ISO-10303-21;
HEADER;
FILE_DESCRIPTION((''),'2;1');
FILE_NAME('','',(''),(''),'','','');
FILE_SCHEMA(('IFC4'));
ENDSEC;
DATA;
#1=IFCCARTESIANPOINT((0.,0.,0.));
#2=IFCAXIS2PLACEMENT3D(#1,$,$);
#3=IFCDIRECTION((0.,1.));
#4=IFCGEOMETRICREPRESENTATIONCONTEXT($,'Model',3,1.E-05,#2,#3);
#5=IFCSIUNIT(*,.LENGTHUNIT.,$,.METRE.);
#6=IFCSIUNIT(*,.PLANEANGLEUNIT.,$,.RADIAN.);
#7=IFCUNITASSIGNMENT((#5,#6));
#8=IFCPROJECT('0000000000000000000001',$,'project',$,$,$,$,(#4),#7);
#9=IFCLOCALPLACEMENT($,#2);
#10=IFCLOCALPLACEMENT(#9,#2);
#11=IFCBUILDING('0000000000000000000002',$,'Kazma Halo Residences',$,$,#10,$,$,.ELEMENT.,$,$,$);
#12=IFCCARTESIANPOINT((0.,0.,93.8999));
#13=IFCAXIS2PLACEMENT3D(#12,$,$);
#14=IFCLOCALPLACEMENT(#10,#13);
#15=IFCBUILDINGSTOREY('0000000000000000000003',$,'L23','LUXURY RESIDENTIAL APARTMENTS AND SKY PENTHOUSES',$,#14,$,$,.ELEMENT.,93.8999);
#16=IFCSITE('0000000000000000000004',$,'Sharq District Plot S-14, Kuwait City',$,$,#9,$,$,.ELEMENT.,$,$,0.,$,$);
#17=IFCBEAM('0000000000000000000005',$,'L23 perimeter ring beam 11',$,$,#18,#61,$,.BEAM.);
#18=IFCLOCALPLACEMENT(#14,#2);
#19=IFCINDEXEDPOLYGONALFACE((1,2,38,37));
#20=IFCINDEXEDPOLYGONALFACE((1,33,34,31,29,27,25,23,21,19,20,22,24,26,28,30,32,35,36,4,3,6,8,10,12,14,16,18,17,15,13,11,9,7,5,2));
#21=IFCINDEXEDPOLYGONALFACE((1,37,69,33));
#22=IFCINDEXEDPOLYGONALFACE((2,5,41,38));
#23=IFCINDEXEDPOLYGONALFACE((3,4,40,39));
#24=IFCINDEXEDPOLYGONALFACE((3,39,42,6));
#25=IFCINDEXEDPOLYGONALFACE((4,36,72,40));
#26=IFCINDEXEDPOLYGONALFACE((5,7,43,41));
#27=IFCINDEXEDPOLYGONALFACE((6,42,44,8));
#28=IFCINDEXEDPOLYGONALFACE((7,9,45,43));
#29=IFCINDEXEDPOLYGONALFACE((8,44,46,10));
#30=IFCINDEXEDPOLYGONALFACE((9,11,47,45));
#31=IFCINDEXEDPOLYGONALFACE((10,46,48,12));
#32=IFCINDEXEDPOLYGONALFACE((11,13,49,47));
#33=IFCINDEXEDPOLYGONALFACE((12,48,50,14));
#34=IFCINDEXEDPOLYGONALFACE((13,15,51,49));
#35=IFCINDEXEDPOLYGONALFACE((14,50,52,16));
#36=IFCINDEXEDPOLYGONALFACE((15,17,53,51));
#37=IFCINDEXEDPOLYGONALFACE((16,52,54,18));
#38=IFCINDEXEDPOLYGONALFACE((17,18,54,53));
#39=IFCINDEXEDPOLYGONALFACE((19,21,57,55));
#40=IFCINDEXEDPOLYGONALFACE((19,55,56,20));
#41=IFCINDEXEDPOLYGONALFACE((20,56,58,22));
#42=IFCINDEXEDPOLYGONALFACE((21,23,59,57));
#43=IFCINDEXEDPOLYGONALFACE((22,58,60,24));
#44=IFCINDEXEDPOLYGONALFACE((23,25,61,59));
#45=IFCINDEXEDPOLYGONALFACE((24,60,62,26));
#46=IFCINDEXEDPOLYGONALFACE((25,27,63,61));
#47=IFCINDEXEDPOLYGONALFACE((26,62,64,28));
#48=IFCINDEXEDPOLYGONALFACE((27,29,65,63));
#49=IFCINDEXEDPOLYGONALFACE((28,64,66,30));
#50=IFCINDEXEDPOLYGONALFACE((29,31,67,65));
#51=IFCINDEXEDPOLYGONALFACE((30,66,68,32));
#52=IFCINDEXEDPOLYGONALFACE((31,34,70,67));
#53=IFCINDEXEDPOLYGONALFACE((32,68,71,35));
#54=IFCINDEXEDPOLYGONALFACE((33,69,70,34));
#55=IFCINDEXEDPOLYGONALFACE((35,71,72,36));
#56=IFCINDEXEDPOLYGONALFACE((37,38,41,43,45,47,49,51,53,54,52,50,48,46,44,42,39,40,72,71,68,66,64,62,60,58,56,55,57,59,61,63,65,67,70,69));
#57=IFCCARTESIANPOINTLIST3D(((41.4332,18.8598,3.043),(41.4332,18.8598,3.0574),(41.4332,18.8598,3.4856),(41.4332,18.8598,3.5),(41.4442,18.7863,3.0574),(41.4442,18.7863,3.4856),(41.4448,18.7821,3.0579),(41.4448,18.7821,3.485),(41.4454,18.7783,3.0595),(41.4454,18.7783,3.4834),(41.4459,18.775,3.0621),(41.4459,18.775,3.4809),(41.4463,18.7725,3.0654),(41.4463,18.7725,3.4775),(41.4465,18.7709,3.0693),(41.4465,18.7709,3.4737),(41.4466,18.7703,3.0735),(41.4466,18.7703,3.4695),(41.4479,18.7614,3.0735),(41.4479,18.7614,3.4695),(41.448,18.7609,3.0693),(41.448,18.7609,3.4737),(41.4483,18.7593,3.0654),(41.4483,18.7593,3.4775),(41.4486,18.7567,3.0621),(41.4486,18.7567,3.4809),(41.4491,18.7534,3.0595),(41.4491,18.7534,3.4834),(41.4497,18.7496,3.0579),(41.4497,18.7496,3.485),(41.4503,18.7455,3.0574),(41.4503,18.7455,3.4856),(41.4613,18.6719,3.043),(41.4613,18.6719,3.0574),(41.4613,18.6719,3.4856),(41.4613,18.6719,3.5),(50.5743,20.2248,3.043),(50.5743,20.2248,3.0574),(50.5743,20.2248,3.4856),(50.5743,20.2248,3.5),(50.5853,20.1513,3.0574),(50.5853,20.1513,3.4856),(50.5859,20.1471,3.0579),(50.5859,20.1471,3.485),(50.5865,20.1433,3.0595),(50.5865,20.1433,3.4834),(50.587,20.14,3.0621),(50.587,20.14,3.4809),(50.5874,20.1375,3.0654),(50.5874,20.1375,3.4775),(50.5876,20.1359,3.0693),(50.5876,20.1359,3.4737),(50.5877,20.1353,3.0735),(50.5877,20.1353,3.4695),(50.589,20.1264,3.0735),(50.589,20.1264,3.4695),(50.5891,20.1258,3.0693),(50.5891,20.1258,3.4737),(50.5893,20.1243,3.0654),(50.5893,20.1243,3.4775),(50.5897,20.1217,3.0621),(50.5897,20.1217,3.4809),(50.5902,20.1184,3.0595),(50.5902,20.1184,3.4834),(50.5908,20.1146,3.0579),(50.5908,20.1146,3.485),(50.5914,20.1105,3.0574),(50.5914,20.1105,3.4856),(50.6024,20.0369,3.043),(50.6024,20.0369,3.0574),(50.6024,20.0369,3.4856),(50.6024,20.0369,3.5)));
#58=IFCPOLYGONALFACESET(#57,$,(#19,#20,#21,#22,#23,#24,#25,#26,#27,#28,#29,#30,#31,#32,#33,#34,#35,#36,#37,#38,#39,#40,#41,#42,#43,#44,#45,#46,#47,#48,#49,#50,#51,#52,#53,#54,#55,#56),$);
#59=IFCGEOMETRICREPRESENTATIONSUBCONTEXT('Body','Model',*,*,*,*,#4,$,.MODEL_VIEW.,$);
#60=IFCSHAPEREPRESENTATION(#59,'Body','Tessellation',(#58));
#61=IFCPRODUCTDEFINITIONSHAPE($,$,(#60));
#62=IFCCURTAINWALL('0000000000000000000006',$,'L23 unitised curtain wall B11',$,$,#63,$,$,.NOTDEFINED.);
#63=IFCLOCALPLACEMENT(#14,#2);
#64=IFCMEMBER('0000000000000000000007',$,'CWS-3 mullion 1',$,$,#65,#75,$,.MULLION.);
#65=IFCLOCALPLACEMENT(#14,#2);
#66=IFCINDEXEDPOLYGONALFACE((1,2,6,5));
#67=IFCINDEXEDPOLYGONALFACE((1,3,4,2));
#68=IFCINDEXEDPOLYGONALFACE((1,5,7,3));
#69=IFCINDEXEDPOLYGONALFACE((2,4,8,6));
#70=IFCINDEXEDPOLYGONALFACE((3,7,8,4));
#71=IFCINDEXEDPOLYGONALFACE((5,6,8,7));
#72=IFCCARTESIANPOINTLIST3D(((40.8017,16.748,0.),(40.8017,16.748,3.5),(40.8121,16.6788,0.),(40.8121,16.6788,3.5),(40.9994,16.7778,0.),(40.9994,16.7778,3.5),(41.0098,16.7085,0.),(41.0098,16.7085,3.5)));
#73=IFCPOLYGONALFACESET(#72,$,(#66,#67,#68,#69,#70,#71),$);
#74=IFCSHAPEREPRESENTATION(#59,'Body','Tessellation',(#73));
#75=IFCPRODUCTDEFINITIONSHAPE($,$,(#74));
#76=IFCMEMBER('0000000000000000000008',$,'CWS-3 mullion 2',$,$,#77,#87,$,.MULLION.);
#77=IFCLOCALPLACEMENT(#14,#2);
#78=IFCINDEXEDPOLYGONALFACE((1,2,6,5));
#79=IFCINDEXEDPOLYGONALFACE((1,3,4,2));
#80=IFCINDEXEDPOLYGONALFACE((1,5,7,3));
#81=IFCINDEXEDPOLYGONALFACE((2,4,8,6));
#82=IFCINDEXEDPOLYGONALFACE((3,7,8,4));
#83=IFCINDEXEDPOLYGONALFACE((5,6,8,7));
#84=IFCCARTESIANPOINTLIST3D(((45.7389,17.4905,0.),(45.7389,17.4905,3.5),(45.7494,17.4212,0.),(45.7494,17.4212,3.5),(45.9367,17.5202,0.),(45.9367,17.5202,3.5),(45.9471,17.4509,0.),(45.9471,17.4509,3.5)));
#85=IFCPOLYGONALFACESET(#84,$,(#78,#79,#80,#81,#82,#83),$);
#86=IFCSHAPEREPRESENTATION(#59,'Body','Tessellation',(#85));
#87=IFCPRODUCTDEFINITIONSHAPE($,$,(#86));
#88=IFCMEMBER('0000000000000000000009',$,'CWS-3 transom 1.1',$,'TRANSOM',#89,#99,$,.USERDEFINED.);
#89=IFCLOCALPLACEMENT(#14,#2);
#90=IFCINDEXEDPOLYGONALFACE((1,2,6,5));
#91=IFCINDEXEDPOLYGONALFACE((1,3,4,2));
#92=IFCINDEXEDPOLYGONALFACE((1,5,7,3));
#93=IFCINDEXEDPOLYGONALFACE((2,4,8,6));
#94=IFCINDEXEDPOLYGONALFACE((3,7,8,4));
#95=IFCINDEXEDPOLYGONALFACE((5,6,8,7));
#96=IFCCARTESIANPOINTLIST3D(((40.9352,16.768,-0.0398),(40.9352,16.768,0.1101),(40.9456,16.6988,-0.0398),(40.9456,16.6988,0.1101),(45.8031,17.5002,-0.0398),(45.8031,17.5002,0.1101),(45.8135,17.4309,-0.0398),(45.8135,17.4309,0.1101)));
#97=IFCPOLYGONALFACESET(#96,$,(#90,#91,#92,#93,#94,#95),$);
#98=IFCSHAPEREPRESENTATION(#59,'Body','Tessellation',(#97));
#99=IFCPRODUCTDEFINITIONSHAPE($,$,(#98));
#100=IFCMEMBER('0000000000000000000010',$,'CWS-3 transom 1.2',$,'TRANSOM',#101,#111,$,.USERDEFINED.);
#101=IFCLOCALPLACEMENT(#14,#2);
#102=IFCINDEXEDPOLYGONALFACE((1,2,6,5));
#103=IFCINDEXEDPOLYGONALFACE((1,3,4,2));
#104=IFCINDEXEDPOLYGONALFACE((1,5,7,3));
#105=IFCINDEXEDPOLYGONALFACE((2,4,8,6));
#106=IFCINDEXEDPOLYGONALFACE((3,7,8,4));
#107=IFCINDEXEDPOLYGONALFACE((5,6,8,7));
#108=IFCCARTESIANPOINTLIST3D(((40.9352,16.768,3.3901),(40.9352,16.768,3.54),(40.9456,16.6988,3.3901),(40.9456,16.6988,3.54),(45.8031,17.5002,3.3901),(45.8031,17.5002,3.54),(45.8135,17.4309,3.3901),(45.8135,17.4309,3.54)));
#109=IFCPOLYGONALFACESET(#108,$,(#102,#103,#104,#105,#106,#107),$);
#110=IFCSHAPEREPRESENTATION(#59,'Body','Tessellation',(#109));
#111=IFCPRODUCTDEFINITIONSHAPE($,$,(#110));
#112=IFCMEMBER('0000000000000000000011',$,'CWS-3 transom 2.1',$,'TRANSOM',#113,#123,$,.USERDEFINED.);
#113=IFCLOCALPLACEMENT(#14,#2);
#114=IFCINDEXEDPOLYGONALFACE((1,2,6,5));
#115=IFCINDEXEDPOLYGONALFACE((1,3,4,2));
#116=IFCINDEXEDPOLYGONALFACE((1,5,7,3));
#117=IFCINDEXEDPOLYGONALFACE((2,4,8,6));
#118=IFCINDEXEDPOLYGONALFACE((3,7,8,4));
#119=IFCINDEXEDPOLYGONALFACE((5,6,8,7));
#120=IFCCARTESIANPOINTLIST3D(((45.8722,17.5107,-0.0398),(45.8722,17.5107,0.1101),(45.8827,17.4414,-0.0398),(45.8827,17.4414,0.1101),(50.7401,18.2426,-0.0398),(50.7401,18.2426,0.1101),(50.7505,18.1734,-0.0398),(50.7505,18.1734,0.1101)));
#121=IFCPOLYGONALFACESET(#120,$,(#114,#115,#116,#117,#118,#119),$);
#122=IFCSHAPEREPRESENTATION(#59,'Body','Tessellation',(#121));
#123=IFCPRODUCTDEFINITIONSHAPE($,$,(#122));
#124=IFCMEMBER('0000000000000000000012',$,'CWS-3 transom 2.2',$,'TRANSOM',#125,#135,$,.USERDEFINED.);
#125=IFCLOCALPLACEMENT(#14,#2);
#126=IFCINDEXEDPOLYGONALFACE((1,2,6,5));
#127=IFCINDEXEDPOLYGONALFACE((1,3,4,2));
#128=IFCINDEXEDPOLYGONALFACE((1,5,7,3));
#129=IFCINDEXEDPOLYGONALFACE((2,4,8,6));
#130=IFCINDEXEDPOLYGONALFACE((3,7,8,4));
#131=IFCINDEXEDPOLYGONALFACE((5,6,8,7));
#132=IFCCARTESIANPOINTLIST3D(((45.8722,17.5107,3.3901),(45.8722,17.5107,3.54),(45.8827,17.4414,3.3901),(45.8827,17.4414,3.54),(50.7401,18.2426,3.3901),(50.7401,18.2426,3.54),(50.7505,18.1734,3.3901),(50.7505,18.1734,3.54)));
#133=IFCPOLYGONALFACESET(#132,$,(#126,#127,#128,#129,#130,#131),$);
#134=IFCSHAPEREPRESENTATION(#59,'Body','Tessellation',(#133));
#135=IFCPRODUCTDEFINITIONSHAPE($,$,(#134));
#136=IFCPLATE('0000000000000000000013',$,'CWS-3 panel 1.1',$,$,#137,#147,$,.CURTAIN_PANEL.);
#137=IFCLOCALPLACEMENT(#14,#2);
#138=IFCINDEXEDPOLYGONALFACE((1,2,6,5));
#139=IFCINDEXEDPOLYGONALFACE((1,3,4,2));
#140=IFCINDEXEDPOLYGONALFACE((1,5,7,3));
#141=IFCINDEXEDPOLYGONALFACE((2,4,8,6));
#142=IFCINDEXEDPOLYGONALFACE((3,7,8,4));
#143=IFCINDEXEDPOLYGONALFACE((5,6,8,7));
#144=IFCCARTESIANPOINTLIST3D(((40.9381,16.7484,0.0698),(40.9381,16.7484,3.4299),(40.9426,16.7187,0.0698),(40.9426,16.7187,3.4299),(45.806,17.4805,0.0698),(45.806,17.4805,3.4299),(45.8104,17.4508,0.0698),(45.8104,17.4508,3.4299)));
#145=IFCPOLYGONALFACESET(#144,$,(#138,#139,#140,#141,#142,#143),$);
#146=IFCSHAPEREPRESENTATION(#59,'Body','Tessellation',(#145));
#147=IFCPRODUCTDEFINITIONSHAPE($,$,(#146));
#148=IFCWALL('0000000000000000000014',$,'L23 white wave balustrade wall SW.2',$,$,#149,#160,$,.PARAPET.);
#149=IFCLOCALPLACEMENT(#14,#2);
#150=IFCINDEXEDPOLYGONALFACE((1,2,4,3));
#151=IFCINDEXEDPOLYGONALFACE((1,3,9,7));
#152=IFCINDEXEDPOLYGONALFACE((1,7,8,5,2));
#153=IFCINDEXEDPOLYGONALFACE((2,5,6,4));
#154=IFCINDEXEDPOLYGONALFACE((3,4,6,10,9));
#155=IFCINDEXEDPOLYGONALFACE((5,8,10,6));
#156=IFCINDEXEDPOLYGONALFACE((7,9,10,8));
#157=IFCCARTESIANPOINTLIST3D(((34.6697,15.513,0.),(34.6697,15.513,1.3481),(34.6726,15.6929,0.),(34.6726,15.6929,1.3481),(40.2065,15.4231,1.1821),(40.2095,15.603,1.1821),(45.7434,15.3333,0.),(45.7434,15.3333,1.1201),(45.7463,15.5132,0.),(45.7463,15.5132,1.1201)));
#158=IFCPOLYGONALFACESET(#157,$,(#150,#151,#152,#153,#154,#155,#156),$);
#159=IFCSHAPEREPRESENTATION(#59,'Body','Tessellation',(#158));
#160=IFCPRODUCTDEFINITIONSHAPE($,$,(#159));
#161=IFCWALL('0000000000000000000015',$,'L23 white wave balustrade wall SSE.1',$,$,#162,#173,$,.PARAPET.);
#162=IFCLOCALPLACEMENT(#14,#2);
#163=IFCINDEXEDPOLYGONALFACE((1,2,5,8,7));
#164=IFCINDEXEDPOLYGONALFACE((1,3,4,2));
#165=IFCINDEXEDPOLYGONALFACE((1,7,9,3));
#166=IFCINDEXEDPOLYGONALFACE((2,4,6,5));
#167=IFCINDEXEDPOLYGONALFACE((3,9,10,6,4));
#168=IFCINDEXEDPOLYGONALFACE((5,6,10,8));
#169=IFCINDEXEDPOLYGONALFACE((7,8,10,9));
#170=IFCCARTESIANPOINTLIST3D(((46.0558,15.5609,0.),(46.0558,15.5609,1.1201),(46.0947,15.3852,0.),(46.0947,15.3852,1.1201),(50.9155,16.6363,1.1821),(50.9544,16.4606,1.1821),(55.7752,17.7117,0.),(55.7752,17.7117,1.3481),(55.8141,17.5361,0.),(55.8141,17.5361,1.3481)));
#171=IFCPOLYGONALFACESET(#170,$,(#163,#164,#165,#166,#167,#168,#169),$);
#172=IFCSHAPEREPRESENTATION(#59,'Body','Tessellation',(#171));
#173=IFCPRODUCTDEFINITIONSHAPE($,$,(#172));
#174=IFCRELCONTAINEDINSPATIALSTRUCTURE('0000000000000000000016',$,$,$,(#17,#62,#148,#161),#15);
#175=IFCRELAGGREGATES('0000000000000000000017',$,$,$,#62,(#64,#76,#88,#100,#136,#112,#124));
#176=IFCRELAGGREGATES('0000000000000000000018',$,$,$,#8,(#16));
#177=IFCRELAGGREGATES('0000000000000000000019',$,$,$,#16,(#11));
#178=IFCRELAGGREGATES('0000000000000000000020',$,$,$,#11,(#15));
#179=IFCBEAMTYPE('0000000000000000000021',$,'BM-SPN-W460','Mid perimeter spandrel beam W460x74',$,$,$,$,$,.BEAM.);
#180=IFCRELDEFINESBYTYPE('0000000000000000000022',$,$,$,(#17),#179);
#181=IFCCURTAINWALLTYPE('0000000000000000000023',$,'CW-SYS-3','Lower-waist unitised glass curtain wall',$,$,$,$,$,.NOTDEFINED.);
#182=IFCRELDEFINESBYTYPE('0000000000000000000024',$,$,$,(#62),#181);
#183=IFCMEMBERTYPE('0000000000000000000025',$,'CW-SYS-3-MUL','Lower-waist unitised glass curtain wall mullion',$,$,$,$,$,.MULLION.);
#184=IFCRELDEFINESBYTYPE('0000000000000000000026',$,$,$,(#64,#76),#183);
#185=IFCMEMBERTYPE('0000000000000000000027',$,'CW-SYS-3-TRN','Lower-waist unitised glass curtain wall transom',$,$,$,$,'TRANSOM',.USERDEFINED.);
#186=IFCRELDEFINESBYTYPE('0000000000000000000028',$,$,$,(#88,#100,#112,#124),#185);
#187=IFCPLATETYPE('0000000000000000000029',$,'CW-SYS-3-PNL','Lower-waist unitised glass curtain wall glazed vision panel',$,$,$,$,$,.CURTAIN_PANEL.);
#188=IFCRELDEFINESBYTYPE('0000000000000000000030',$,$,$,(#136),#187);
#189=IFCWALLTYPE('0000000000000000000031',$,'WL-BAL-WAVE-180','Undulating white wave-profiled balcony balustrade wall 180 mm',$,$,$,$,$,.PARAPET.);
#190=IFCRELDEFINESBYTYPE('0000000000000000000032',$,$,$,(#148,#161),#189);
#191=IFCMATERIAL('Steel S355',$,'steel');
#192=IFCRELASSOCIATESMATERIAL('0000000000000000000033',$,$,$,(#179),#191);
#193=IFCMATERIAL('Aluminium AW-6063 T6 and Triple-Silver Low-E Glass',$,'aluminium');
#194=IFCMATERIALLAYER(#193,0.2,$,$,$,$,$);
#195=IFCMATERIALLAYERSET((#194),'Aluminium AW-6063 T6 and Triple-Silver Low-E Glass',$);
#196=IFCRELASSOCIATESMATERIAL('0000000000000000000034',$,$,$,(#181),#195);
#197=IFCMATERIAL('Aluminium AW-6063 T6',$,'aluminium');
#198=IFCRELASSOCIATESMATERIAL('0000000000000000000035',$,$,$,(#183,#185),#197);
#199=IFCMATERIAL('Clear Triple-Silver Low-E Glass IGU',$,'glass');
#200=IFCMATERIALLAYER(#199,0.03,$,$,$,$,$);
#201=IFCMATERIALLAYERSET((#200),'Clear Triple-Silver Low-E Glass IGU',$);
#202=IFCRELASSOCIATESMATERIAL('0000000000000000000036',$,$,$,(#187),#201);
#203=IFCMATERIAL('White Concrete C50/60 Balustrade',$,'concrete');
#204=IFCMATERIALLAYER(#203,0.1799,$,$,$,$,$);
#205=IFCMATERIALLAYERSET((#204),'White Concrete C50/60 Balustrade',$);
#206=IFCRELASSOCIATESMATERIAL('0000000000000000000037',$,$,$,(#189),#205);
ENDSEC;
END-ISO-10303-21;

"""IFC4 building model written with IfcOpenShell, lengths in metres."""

from ifc_helpers import new_model, si_unit, direction, frame, origin, origin_2d, place, context, subcontext, project, spatial, polyline, rectangle, i_section, outline, extrude, material, layer, layer_set, material_profile, profile_set, type_object, element, aggregate, save


model = new_model("IFC4")

# Units and contexts
model_context = context("Model", 3, precision=1e-05, world=origin(), true_north=direction((0.0, 1.0)))
body_context = subcontext(model_context, "Body", "Model", "MODEL_VIEW")
ifc_project = project(units=[si_unit("LENGTHUNIT", "METRE"), si_unit("PLANEANGLEUNIT", "RADIAN")], contexts=[model_context])

# Site, building, storey
site_placement = place(None, origin())
site = spatial("IfcSite", under=ifc_project, at=site_placement, Name="Sharq District Plot S-14, Kuwait City", CompositionType="ELEMENT", RefElevation=0.0)
building_placement = place(site_placement, origin())
building = spatial("IfcBuilding", under=site, at=building_placement, Name="Kazma Halo Residences", CompositionType="ELEMENT")
storey_placement = place(building_placement, frame((0.0, 0.0, 93.8999)))
storey = spatial("IfcBuildingStorey", under=building, at=storey_placement, Name="L23", Description="LUXURY RESIDENTIAL APARTMENTS AND SKY PENTHOUSES", CompositionType="ELEMENT", Elevation=93.8999)

# Beam
ifc_material_1 = material(Name="Steel S355", Category="steel")
ifc_material_profile_1 = material_profile(ifc_material_1, i_section(OverallWidth=0.1899, OverallDepth=0.457, WebThickness=0.009, FlangeThickness=0.0144, FilletRadius=0.0161, at=origin_2d()), Name="W460x74")
ifc_profile_set_1 = profile_set([ifc_material_profile_1], Name="Steel S355")
beam_type_1 = type_object("IfcBeamType", Name="BM-SPN-W460", Description="Mid perimeter spandrel beam W460x74", PredefinedType="BEAM", material=ifc_profile_set_1)
beam_1_placement = place(storey_placement, frame((41.4473, 18.7659, 3.2715), z_axis=(0.989034, 0.147687, 0.0), x_axis=(-0.147687, 0.989034, 0.0)))
element("IfcBeam", 1, at=beam_1_placement, inside=storey, type_object=beam_type_1, Name="L23 perimeter ring beam 11", PredefinedType="BEAM", context=body_context, shape_type="SweptSolid", body=[
    extrude(i_section(OverallWidth=0.1899, OverallDepth=0.457, WebThickness=0.009, FlangeThickness=0.0144, FilletRadius=0.0161, at=origin_2d()), origin(), (0.0, 0.0, 1.0), 9.2424),
])

# Curtain wall, members, plate
ifc_material_2 = material(Name="Aluminium AW-6063 T6 and Triple-Silver Low-E Glass", Category="aluminium")
ifc_layer_1 = layer(ifc_material_2, 0.2)
ifc_layer_set_1 = layer_set([ifc_layer_1], Name="Aluminium AW-6063 T6 and Triple-Silver Low-E Glass")
curtain_wall_type = type_object("IfcCurtainWallType", Name="CW-SYS-3", Description="Lower-waist unitised glass curtain wall", PredefinedType="NOTDEFINED", material=ifc_layer_set_1)
curtain_wall_placement = place(storey_placement, origin())
curtain_wall = element("IfcCurtainWall", 2, at=curtain_wall_placement, inside=storey, type_object=curtain_wall_type, Name="L23 unitised curtain wall B11", PredefinedType="NOTDEFINED")
ifc_material_3 = material(Name="Aluminium AW-6063 T6", Category="aluminium")
ifc_material_profile_2 = material_profile(ifc_material_3, rectangle(XDim=0.0701, YDim=0.2, at=origin_2d()), Name="CWM-70x200")
ifc_profile_set_2 = profile_set([ifc_material_profile_2], Name="Aluminium AW-6063 T6")
member_type_1 = type_object("IfcMemberType", Name="CW-SYS-3-MUL", Description="Lower-waist unitised glass curtain wall mullion", PredefinedType="MULLION", material=ifc_profile_set_2)
member_1_placement = place(storey_placement, frame((40.9058, 16.7283, 0.0), z_axis=(0.0, 0.0, 1.0), x_axis=(-0.148717, 0.98888, 0.0)))
member_1 = element("IfcMember", 3, at=member_1_placement, type_object=member_type_1, Name="CWS-3 mullion 1", PredefinedType="MULLION", context=body_context, shape_type="SweptSolid", body=[
    extrude(rectangle(XDim=0.0701, YDim=0.2, at=origin_2d()), origin(), (0.0, 0.0, 1.0), 3.5),
])
member_2_placement = place(storey_placement, frame((45.843, 17.4707, 0.0), z_axis=(0.0, 0.0, 1.0), x_axis=(-0.148717, 0.98888, 0.0)))
member_2 = element("IfcMember", 4, at=member_2_placement, type_object=member_type_1, Name="CWS-3 mullion 2", PredefinedType="MULLION", context=body_context, shape_type="SweptSolid", body=[
    extrude(rectangle(XDim=0.0701, YDim=0.2, at=origin_2d()), origin(), (0.0, 0.0, 1.0), 3.5),
])
ifc_material_profile_3 = material_profile(ifc_material_3, rectangle(XDim=0.0701, YDim=0.1499, at=origin_2d()), Name="CWT-70x150")
ifc_profile_set_3 = profile_set([ifc_material_profile_3], Name="Aluminium AW-6063 T6")
member_type_2 = type_object("IfcMemberType", Name="CW-SYS-3-TRN", Description="Lower-waist unitised glass curtain wall transom", ElementType="TRANSOM", PredefinedType="USERDEFINED", material=ifc_profile_set_3)
member_3_placement = place(storey_placement, frame((40.9404, 16.7334, 0.0352), z_axis=(0.988877, 0.148736, 0.0), x_axis=(-0.148736, 0.988877, 0.0)))
member_3 = element("IfcMember", 5, at=member_3_placement, type_object=member_type_2, Name="CWS-3 transom 1.1", ObjectType="TRANSOM", PredefinedType="USERDEFINED", context=body_context, shape_type="SweptSolid", body=[
    extrude(rectangle(XDim=0.0701, YDim=0.1499, at=origin_2d()), origin(), (0.0, 0.0, 1.0), 4.9226),
])
member_4_placement = place(storey_placement, frame((40.9404, 16.7334, 3.4651), z_axis=(0.988877, 0.148736, 0.0), x_axis=(-0.148736, 0.988877, 0.0)))
member_4 = element("IfcMember", 6, at=member_4_placement, type_object=member_type_2, Name="CWS-3 transom 1.2", ObjectType="TRANSOM", PredefinedType="USERDEFINED", context=body_context, shape_type="SweptSolid", body=[
    extrude(rectangle(XDim=0.0701, YDim=0.1499, at=origin_2d()), origin(), (0.0, 0.0, 1.0), 4.9226),
])
member_5_placement = place(storey_placement, frame((45.8774, 17.4761, 0.0352), z_axis=(0.988884, 0.148687, 0.0), x_axis=(-0.148687, 0.988884, 0.0)))
member_5 = element("IfcMember", 7, at=member_5_placement, type_object=member_type_2, Name="CWS-3 transom 2.1", ObjectType="TRANSOM", PredefinedType="USERDEFINED", context=body_context, shape_type="SweptSolid", body=[
    extrude(rectangle(XDim=0.0701, YDim=0.1499, at=origin_2d()), origin(), (0.0, 0.0, 1.0), 4.9226),
])
member_6_placement = place(storey_placement, frame((45.8774, 17.4761, 3.4651), z_axis=(0.988884, 0.148687, 0.0), x_axis=(-0.148687, 0.988884, 0.0)))
member_6 = element("IfcMember", 8, at=member_6_placement, type_object=member_type_2, Name="CWS-3 transom 2.2", ObjectType="TRANSOM", PredefinedType="USERDEFINED", context=body_context, shape_type="SweptSolid", body=[
    extrude(rectangle(XDim=0.0701, YDim=0.1499, at=origin_2d()), origin(), (0.0, 0.0, 1.0), 4.9226),
])
ifc_material_4 = material(Name="Clear Triple-Silver Low-E Glass IGU", Category="glass")
ifc_layer_2 = layer(ifc_material_4, 0.03)
ifc_layer_set_2 = layer_set([ifc_layer_2], Name="Clear Triple-Silver Low-E Glass IGU")
plate_type = type_object("IfcPlateType", Name="CW-SYS-3-PNL", Description="Lower-waist unitised glass curtain wall glazed vision panel", PredefinedType="CURTAIN_PANEL", material=ifc_layer_set_2)
plate_placement = place(storey_placement, frame((43.3743, 17.0996, 0.0698), z_axis=(0.0, 0.0, 1.0), x_axis=(0.98888, 0.148717, 0.0)))
plate = element("IfcPlate", 9, at=plate_placement, type_object=plate_type, Name="CWS-3 panel 1.1", PredefinedType="CURTAIN_PANEL", context=body_context, shape_type="SweptSolid", body=[
    extrude(rectangle(XDim=4.9226, YDim=0.03, at=origin_2d()), origin(), (0.0, 0.0, 1.0), 3.3601),
])
aggregate(curtain_wall, [member_1, member_2, member_3, member_4, plate, member_5, member_6])

# Walls
ifc_material_5 = material(Name="White Concrete C50/60 Balustrade", Category="concrete")
ifc_layer_3 = layer(ifc_material_5, 0.1799)
ifc_layer_set_3 = layer_set([ifc_layer_3], Name="White Concrete C50/60 Balustrade")
wall_type_1 = type_object("IfcWallType", Name="WL-BAL-WAVE-180", Description="Undulating white wave-profiled balcony balustrade wall 180 mm", PredefinedType="PARAPET", material=ifc_layer_set_3)
wall_1_placement = place(storey_placement, frame((34.6711, 15.603, 0.0), z_axis=(0.0, 0.0, 1.0), x_axis=(0.999868, -0.016224, 0.0)))
element("IfcWall", 10, at=wall_1_placement, inside=storey, type_object=wall_type_1, Name="L23 white wave balustrade wall SW.2", PredefinedType="PARAPET", context=body_context, shape_type="SweptSolid", body=[
    extrude(outline(polyline([(0.0, 0.0), (11.0752, 0.0), (11.0752, 1.1201), (5.5376, 1.1821), (0.0, 1.3481), (0.0, 0.0)])), frame((0.0, 0.0898, 0.0), z_axis=(0.0, -1.0, 0.0), x_axis=(1.0, 0.0, 0.0)), (0.0, 0.0, 1.0), 0.1799),
])
wall_2_placement = place(storey_placement, frame((46.0752, 15.4731, 0.0), z_axis=(0.0, 0.0, 1.0), x_axis=(0.976378, 0.216068, 0.0)))
element("IfcWall", 11, at=wall_2_placement, inside=storey, type_object=wall_type_1, Name="L23 white wave balustrade wall SSE.1", PredefinedType="PARAPET", context=body_context, shape_type="SweptSolid", body=[
    extrude(outline(polyline([(0.0, 0.0), (9.9546, 0.0), (9.9546, 1.3481), (4.9773, 1.1821), (0.0, 1.1201), (0.0, 0.0)])), frame((0.0, 0.0898, 0.0), z_axis=(0.0, -1.0, 0.0), x_axis=(1.0, 0.0, 0.0)), (0.0, 0.0, 1.0), 0.1799),
])

save(model, "model.ifc")
